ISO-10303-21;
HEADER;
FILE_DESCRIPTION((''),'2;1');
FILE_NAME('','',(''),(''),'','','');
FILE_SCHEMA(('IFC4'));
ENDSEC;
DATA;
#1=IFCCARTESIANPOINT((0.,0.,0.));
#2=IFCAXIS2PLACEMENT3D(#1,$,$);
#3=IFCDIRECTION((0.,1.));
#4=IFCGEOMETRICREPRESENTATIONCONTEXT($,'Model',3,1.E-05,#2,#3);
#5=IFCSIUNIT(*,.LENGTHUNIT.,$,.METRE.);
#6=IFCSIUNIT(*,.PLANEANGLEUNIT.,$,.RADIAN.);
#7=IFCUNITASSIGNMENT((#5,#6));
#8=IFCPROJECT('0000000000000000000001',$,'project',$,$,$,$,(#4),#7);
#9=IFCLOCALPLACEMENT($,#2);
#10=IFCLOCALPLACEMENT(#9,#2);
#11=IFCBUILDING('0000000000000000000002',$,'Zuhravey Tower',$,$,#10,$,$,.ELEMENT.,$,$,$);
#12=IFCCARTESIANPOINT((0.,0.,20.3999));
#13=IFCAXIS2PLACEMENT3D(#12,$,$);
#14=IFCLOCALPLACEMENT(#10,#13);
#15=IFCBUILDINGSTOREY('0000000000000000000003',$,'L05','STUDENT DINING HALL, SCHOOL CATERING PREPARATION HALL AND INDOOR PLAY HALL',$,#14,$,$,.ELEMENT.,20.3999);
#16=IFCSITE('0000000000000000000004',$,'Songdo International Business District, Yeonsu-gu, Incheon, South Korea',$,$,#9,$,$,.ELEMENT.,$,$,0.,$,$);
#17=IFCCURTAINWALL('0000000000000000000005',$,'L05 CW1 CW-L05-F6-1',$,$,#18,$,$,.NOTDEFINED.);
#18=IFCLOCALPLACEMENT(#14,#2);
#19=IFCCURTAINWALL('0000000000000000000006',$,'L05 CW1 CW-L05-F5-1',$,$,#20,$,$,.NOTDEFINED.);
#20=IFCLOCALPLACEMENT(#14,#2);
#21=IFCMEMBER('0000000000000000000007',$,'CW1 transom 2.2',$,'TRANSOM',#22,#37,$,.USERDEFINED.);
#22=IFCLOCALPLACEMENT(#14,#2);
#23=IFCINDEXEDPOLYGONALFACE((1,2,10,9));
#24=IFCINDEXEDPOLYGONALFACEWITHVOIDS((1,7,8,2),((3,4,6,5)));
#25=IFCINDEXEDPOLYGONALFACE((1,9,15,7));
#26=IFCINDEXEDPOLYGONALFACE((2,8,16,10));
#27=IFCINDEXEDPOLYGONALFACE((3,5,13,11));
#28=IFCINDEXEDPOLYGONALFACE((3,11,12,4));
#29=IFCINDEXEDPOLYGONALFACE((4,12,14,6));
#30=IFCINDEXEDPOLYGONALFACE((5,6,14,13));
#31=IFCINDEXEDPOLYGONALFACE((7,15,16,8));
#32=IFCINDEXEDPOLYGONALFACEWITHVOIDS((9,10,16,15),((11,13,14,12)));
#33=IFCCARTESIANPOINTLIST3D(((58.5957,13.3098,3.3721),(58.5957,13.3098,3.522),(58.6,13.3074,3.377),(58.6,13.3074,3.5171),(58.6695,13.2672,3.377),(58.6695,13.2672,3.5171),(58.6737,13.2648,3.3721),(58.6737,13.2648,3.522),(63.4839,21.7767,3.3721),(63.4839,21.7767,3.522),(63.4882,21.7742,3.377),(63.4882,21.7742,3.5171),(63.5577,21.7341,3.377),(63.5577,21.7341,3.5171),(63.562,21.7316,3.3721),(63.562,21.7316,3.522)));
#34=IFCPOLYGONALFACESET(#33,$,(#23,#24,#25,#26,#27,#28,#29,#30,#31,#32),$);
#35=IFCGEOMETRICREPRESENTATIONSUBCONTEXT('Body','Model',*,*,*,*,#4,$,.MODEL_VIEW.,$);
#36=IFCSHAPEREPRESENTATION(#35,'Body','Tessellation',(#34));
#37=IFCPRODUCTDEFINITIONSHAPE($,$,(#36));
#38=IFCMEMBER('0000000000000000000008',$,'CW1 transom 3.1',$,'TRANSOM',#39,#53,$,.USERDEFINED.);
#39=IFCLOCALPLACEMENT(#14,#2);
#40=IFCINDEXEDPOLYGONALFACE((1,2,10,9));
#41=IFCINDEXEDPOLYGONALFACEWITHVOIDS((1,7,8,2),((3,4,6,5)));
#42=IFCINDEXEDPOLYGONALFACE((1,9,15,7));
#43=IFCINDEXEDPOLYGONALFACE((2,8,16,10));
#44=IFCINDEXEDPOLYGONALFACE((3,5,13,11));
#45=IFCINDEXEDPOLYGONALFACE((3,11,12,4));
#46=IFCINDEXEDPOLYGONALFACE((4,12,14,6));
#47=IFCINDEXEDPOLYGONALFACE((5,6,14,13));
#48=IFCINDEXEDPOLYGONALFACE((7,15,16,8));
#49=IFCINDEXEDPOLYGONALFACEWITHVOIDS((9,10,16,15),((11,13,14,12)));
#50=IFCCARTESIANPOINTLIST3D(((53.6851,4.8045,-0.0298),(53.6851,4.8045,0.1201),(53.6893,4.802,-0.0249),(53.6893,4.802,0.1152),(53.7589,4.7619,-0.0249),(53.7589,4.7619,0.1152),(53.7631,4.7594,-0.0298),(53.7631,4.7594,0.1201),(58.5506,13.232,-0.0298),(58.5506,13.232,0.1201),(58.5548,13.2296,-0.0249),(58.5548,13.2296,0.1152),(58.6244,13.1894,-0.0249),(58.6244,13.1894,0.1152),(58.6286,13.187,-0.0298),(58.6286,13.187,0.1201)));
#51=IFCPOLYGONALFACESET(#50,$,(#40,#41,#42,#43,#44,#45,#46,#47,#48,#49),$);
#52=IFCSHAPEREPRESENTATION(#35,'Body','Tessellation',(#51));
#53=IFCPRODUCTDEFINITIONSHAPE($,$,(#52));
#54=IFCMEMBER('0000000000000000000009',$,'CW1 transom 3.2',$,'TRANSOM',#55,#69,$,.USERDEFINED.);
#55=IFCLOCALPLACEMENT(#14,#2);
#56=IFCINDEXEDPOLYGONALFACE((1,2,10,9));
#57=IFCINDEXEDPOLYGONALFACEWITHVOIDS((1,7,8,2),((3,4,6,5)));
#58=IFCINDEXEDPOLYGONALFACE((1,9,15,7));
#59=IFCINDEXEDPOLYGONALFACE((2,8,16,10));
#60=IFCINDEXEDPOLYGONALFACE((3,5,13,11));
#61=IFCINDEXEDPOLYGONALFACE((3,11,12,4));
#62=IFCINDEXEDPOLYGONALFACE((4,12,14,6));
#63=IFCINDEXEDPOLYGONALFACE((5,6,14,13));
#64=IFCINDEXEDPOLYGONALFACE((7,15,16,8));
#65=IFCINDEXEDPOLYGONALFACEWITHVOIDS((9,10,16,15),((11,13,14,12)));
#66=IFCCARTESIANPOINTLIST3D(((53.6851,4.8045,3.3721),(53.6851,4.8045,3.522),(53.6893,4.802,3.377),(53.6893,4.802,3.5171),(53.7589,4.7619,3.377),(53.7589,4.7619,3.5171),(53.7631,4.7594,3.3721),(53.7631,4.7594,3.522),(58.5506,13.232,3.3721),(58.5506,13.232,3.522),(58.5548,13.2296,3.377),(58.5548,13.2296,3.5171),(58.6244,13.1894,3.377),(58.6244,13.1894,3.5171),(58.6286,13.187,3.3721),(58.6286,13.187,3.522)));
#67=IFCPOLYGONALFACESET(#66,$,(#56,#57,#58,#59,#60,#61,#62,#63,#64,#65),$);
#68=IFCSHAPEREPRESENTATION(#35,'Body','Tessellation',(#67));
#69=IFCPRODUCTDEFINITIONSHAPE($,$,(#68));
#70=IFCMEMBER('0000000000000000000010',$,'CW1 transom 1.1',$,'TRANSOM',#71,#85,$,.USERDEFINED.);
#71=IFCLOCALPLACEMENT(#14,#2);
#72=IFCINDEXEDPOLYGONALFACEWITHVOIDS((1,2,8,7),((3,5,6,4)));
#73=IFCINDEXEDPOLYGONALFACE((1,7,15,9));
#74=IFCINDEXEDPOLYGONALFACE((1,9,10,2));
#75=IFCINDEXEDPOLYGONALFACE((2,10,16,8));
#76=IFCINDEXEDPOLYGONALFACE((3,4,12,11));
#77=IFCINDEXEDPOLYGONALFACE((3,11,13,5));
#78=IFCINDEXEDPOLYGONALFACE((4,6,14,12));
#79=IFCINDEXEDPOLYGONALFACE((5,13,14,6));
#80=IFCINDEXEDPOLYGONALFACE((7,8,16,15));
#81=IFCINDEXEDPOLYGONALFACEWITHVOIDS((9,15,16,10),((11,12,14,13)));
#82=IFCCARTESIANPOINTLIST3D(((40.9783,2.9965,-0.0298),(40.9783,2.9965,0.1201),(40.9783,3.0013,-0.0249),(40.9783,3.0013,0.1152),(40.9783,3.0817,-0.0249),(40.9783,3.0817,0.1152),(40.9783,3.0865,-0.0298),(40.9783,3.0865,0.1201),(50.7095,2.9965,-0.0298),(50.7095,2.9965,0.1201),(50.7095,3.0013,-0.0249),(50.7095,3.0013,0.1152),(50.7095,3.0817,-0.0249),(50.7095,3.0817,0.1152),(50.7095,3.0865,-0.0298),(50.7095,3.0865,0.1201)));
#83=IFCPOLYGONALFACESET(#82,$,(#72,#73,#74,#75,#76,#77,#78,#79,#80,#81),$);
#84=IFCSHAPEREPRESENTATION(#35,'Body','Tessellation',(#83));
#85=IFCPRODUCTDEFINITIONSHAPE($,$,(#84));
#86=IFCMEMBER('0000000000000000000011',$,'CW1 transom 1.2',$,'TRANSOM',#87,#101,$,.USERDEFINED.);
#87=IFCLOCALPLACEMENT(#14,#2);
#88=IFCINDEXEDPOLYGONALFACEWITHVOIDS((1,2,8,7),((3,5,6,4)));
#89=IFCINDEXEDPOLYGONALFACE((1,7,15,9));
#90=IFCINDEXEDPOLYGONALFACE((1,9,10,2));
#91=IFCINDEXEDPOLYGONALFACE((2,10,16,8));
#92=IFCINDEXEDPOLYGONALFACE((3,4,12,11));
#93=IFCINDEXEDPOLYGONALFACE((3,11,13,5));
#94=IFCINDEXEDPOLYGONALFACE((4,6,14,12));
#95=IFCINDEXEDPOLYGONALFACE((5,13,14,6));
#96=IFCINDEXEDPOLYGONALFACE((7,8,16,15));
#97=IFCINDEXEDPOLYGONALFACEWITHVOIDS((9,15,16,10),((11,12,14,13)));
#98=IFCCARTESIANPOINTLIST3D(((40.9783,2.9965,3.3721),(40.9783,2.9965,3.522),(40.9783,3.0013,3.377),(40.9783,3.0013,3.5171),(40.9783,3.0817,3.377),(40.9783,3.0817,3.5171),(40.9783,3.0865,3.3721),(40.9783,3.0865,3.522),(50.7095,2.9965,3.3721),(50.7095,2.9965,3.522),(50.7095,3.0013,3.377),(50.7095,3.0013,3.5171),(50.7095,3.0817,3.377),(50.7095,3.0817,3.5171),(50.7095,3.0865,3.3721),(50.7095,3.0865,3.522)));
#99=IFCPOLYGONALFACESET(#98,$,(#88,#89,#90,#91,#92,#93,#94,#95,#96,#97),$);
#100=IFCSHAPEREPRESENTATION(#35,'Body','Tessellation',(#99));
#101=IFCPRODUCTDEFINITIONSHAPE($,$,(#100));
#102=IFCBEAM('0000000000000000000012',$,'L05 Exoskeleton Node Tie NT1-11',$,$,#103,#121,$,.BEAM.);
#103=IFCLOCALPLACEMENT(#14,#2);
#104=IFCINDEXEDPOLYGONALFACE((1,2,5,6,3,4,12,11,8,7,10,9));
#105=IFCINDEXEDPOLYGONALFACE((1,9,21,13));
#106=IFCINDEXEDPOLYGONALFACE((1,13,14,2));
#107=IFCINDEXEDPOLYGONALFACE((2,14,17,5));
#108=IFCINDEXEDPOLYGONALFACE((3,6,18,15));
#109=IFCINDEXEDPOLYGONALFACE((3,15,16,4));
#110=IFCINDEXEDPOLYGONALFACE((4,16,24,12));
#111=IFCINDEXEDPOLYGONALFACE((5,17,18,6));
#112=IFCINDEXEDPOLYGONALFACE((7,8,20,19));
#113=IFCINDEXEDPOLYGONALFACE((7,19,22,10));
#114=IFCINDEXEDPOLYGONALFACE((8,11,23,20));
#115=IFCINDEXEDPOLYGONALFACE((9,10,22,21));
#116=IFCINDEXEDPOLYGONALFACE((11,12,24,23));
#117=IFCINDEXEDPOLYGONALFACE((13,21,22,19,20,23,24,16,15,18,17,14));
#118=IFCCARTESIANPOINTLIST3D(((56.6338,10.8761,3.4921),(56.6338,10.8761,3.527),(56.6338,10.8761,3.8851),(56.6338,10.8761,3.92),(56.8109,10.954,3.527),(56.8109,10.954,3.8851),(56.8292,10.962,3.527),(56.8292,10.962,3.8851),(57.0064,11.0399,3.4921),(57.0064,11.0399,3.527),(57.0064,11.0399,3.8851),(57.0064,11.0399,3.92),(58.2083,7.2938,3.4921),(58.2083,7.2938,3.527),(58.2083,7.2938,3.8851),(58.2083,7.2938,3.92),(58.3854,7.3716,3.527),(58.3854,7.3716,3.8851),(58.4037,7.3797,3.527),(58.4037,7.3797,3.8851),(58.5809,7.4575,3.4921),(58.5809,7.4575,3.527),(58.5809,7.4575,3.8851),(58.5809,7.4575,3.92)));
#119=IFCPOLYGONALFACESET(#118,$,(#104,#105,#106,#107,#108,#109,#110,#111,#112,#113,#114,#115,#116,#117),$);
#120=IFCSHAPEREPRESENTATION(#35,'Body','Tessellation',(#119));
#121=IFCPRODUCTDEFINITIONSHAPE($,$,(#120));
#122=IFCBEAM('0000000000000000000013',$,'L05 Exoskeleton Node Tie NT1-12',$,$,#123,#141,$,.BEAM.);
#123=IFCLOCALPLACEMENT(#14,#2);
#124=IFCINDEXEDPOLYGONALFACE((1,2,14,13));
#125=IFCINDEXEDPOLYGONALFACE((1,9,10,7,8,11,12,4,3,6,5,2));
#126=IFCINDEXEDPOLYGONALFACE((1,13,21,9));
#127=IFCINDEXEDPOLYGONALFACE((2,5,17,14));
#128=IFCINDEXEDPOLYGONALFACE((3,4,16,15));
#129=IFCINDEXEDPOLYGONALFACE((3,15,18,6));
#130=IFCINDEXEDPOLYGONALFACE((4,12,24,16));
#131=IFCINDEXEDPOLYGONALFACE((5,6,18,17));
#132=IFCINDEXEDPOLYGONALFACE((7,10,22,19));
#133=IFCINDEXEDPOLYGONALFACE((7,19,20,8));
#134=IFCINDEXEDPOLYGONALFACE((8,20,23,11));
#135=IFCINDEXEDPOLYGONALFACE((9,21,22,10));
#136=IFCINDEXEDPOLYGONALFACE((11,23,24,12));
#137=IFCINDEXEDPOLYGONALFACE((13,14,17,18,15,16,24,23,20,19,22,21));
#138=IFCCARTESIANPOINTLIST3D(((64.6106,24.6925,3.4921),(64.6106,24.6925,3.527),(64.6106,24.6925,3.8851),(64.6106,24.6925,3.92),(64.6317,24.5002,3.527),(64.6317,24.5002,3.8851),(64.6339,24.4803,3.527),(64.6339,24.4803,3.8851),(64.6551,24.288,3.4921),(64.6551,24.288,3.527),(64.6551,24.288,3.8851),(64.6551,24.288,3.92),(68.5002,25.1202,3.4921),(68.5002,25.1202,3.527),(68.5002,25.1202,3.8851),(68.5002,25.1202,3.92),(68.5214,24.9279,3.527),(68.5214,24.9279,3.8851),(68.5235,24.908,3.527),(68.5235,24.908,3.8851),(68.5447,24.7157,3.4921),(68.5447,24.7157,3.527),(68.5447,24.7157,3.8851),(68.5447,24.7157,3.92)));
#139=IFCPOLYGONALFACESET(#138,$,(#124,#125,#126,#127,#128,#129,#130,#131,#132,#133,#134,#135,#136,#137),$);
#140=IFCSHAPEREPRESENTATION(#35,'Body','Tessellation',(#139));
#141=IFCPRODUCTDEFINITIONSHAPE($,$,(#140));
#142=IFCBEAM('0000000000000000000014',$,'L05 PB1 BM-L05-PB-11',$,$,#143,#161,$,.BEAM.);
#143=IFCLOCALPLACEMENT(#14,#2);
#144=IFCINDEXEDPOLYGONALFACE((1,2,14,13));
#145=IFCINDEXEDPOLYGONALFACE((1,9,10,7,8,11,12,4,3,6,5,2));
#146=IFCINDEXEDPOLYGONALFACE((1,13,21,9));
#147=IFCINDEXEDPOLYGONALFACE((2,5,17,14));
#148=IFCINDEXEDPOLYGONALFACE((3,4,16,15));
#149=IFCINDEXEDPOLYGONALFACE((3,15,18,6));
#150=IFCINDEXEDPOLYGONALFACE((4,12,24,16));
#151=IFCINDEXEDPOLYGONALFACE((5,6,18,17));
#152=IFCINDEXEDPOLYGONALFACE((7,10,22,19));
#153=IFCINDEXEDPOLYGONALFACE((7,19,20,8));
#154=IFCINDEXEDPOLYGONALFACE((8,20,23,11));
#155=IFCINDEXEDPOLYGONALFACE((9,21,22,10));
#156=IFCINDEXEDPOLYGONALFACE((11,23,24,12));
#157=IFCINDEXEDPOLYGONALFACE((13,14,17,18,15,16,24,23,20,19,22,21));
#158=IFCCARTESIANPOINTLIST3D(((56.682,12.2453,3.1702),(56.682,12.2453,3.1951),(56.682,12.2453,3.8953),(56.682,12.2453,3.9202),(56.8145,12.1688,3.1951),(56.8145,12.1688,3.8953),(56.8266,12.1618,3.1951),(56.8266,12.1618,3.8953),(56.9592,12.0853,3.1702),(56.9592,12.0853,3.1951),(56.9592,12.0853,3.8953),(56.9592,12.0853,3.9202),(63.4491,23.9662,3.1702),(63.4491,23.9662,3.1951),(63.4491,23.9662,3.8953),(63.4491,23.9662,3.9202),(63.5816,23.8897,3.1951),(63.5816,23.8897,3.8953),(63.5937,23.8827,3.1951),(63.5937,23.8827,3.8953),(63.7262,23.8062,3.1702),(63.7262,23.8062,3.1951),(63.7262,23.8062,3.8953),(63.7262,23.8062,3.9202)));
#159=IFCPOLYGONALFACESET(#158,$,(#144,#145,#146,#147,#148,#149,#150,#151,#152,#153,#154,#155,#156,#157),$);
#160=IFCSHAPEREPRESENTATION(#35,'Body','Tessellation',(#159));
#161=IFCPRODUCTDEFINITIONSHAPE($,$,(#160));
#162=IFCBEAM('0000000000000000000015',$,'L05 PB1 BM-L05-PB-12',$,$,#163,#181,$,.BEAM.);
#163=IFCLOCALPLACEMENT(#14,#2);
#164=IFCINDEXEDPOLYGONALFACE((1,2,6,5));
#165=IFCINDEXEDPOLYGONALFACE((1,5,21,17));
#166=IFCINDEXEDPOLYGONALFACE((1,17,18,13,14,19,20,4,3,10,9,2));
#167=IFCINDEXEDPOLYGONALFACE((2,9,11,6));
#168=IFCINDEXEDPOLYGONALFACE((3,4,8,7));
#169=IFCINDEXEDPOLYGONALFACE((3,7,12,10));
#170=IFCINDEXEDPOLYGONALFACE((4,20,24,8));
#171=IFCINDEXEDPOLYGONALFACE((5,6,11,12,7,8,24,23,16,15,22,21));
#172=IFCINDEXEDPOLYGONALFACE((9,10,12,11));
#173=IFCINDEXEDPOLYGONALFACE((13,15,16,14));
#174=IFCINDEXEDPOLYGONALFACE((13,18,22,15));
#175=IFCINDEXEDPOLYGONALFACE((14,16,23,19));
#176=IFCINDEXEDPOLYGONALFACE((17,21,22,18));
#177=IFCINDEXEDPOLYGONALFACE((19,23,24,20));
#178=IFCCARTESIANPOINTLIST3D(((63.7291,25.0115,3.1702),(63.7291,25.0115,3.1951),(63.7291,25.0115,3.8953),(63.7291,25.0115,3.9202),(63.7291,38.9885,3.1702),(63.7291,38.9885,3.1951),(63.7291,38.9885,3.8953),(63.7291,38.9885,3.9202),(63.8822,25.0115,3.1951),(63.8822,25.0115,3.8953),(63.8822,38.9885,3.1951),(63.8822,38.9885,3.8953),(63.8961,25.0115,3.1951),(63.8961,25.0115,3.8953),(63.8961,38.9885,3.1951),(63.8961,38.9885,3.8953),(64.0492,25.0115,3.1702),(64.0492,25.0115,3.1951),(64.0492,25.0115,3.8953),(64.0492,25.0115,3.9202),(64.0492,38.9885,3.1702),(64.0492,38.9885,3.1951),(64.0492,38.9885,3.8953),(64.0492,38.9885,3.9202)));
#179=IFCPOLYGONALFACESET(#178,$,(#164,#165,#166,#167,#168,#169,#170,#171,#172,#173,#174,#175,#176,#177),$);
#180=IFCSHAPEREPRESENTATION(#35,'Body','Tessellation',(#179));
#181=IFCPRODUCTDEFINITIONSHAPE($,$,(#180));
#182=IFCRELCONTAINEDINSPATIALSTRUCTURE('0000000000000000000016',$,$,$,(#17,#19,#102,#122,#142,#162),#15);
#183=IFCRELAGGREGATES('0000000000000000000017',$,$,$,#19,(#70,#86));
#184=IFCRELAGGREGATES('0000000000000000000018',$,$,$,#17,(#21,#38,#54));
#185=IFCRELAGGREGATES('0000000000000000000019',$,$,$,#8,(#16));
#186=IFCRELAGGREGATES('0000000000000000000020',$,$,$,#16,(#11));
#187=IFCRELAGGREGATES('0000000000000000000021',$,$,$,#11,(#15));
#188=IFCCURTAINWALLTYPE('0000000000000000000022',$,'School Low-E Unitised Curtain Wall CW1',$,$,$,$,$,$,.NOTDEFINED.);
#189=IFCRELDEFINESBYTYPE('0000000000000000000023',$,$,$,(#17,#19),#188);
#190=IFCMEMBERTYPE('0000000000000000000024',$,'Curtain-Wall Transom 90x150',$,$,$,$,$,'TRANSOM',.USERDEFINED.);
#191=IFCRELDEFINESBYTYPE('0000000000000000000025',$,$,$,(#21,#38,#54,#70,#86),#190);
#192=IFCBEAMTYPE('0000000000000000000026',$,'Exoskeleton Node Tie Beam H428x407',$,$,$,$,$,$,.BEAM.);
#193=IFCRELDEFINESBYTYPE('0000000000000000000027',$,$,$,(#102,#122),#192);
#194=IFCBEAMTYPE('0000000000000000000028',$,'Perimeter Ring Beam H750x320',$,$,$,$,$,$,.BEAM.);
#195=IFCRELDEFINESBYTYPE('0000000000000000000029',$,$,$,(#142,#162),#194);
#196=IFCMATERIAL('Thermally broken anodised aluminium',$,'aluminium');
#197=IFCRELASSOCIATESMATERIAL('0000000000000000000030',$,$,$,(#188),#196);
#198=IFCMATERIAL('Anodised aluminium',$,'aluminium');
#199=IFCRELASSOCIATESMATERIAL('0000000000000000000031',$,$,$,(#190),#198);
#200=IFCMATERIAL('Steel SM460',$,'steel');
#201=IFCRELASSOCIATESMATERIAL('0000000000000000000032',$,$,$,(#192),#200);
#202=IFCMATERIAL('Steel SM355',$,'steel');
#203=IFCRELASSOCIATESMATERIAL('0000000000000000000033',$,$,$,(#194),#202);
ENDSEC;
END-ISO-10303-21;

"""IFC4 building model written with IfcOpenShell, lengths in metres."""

from ifc_helpers import new_model, si_unit, direction, frame, origin, origin_2d, place, context, subcontext, project, spatial, hollow_rectangle, i_section, extrude, material, material_profile, profile_set, type_object, element, aggregate, save


model = new_model("IFC4")

# Units and contexts
model_context = context("Model", 3, precision=1e-05, world=origin(), true_north=direction((0.0, 1.0)))
body_context = subcontext(model_context, "Body", "Model", "MODEL_VIEW")
ifc_project = project(units=[si_unit("LENGTHUNIT", "METRE"), si_unit("PLANEANGLEUNIT", "RADIAN")], contexts=[model_context])

# Site, building, storey
site_placement = place(None, origin())
site = spatial("IfcSite", under=ifc_project, at=site_placement, Name="Songdo International Business District, Yeonsu-gu, Incheon, South Korea", CompositionType="ELEMENT", RefElevation=0.0)
building_placement = place(site_placement, origin())
building = spatial("IfcBuilding", under=site, at=building_placement, Name="Zuhravey Tower", CompositionType="ELEMENT")
storey_placement = place(building_placement, frame((0.0, 0.0, 20.3999)))
storey = spatial("IfcBuildingStorey", under=building, at=storey_placement, Name="L05", Description="STUDENT DINING HALL, SCHOOL CATERING PREPARATION HALL AND INDOOR PLAY HALL", CompositionType="ELEMENT", Elevation=20.3999)

# Curtain wall
ifc_material_1 = material(Name="Thermally broken anodised aluminium", Category="aluminium")
curtain_wall_type = type_object("IfcCurtainWallType", Name="School Low-E Unitised Curtain Wall CW1", PredefinedType="NOTDEFINED", material=ifc_material_1)
curtain_wall_1_placement = place(storey_placement, origin())
curtain_wall_1 = element("IfcCurtainWall", 1, at=curtain_wall_1_placement, inside=storey, type_object=curtain_wall_type, Name="L05 CW1 CW-L05-F6-1", PredefinedType="NOTDEFINED")
ifc_material_2 = material(Name="Anodised aluminium", Category="aluminium")

# Curtain wall
curtain_wall_2_placement = place(storey_placement, origin())
curtain_wall_2 = element("IfcCurtainWall", 2, at=curtain_wall_2_placement, inside=storey, type_object=curtain_wall_type, Name="L05 CW1 CW-L05-F5-1", PredefinedType="NOTDEFINED")

# Members
ifc_material_profile_1 = material_profile(ifc_material_2, hollow_rectangle(XDim=0.0901, YDim=0.1499, WallThickness=0.0049, at=origin_2d()), Name="ALU-RHS-90x150x5")
ifc_profile_set_1 = profile_set([ifc_material_profile_1], Name="Anodised aluminium")
member_type_1 = type_object("IfcMemberType", Name="Curtain-Wall Transom 90x150", ElementType="TRANSOM", PredefinedType="USERDEFINED", material=ifc_profile_set_1)
member_1_placement = place(storey_placement, frame((63.5229, 21.7542, 3.447), z_axis=(-0.49999, -0.866031, 0.0), x_axis=(0.866031, -0.49999, 0.0)))
member_1 = element("IfcMember", 3, at=member_1_placement, type_object=member_type_1, Name="CW1 transom 2.2", ObjectType="TRANSOM", PredefinedType="USERDEFINED", context=body_context, shape_type="SweptSolid", body=[
    extrude(hollow_rectangle(XDim=0.0901, YDim=0.1499, WallThickness=0.0049, at=origin_2d()), origin(), (0.0, 0.0, 1.0), 9.7766),
])
member_2_placement = place(storey_placement, frame((58.5896, 13.2095, 0.0452), z_axis=(-0.49999, -0.866031, 0.0), x_axis=(0.866031, -0.49999, 0.0)))
member_2 = element("IfcMember", 4, at=member_2_placement, type_object=member_type_1, Name="CW1 transom 3.1", ObjectType="TRANSOM", PredefinedType="USERDEFINED", context=body_context, shape_type="SweptSolid", body=[
    extrude(hollow_rectangle(XDim=0.0901, YDim=0.1499, WallThickness=0.0049, at=origin_2d()), origin(), (0.0, 0.0, 1.0), 9.7312),
])
member_3_placement = place(storey_placement, frame((58.5896, 13.2095, 3.447), z_axis=(-0.49999, -0.866031, 0.0), x_axis=(0.866031, -0.49999, 0.0)))
member_3 = element("IfcMember", 5, at=member_3_placement, type_object=member_type_1, Name="CW1 transom 3.2", ObjectType="TRANSOM", PredefinedType="USERDEFINED", context=body_context, shape_type="SweptSolid", body=[
    extrude(hollow_rectangle(XDim=0.0901, YDim=0.1499, WallThickness=0.0049, at=origin_2d()), origin(), (0.0, 0.0, 1.0), 9.7312),
])
member_4_placement = place(storey_placement, frame((50.7095, 3.0415, 0.0452), z_axis=(-1.0, 0.0, 0.0), x_axis=(0.0, -1.0, 0.0)))
member_4 = element("IfcMember", 6, at=member_4_placement, type_object=member_type_1, Name="CW1 transom 1.1", ObjectType="TRANSOM", PredefinedType="USERDEFINED", context=body_context, shape_type="SweptSolid", body=[
    extrude(hollow_rectangle(XDim=0.0901, YDim=0.1499, WallThickness=0.0049, at=origin_2d()), origin(), (0.0, 0.0, 1.0), 9.7312),
])
member_5_placement = place(storey_placement, frame((50.7095, 3.0415, 3.447), z_axis=(-1.0, 0.0, 0.0), x_axis=(0.0, -1.0, 0.0)))
member_5 = element("IfcMember", 7, at=member_5_placement, type_object=member_type_1, Name="CW1 transom 1.2", ObjectType="TRANSOM", PredefinedType="USERDEFINED", context=body_context, shape_type="SweptSolid", body=[
    extrude(hollow_rectangle(XDim=0.0901, YDim=0.1499, WallThickness=0.0049, at=origin_2d()), origin(), (0.0, 0.0, 1.0), 9.7312),
])
aggregate(curtain_wall_2, [member_4, member_5])

# Beams
ifc_material_3 = material(Name="Steel SM460", Category="steel")
ifc_material_profile_2 = material_profile(ifc_material_3, i_section(OverallWidth=0.407, OverallDepth=0.428, WebThickness=0.02, FlangeThickness=0.0349, at=origin_2d()), Name="H-428x407x20x35")
ifc_profile_set_2 = profile_set([ifc_material_profile_2], Name="Steel SM460")
beam_type_1 = type_object("IfcBeamType", Name="Exoskeleton Node Tie Beam H428x407", PredefinedType="BEAM", material=ifc_profile_set_2)
for number, where, z_axis, x_axis, name in (
    (8, (56.8201, 10.958, 3.7061), (0.402366, -0.915479, 0.0), (0.915479, 0.402366, 0.0), "L05 Exoskeleton Node Tie NT1-11"),
    (9, (64.6328, 24.4902, 3.7061), (0.994008, 0.109308, 0.0), (-0.109308, 0.994008, 0.0), "L05 Exoskeleton Node Tie NT1-12"),
):
    element("IfcBeam", number, at=place(storey_placement, frame(where, z_axis=z_axis, x_axis=x_axis)), inside=storey, type_object=beam_type_1, Name=name, PredefinedType="BEAM", context=body_context, shape_type="SweptSolid", body=[
        extrude(i_section(OverallWidth=0.407, OverallDepth=0.428, WebThickness=0.02, FlangeThickness=0.0349, at=origin_2d()), origin(), (0.0, 0.0, 1.0), 3.9131),
    ])
ifc_material_4 = material(Name="Steel SM355", Category="steel")
ifc_material_profile_3 = material_profile(ifc_material_4, i_section(OverallWidth=0.3201, OverallDepth=0.75, WebThickness=0.0139, FlangeThickness=0.0249, at=origin_2d()), Name="H-750x320x14x25")
ifc_profile_set_3 = profile_set([ifc_material_profile_3], Name="Steel SM355")
beam_type_2 = type_object("IfcBeamType", Name="Perimeter Ring Beam H750x320", PredefinedType="BEAM", material=ifc_profile_set_3)
beam_1_placement = place(storey_placement, frame((56.8206, 12.1653, 3.5452), z_axis=(0.5, 0.866025, 0.0), x_axis=(-0.866025, 0.5, 0.0)))
element("IfcBeam", 10, at=beam_1_placement, inside=storey, type_object=beam_type_2, Name="L05 PB1 BM-L05-PB-11", PredefinedType="BEAM", context=body_context, shape_type="SweptSolid", body=[
    extrude(i_section(OverallWidth=0.3201, OverallDepth=0.75, WebThickness=0.0139, FlangeThickness=0.0249, at=origin_2d()), origin(), (0.0, 0.0, 1.0), 13.5342),
])
beam_2_placement = place(storey_placement, frame((63.8892, 25.0115, 3.5452), z_axis=(0.0, 1.0, 0.0), x_axis=(-1.0, 0.0, 0.0)))
element("IfcBeam", 11, at=beam_2_placement, inside=storey, type_object=beam_type_2, Name="L05 PB1 BM-L05-PB-12", PredefinedType="BEAM", context=body_context, shape_type="SweptSolid", body=[
    extrude(i_section(OverallWidth=0.3201, OverallDepth=0.75, WebThickness=0.0139, FlangeThickness=0.0249, at=origin_2d()), origin(), (0.0, 0.0, 1.0), 13.9771),
])

aggregate(curtain_wall_1, [member_1, member_2, member_3])

save(model, "model.ifc")
